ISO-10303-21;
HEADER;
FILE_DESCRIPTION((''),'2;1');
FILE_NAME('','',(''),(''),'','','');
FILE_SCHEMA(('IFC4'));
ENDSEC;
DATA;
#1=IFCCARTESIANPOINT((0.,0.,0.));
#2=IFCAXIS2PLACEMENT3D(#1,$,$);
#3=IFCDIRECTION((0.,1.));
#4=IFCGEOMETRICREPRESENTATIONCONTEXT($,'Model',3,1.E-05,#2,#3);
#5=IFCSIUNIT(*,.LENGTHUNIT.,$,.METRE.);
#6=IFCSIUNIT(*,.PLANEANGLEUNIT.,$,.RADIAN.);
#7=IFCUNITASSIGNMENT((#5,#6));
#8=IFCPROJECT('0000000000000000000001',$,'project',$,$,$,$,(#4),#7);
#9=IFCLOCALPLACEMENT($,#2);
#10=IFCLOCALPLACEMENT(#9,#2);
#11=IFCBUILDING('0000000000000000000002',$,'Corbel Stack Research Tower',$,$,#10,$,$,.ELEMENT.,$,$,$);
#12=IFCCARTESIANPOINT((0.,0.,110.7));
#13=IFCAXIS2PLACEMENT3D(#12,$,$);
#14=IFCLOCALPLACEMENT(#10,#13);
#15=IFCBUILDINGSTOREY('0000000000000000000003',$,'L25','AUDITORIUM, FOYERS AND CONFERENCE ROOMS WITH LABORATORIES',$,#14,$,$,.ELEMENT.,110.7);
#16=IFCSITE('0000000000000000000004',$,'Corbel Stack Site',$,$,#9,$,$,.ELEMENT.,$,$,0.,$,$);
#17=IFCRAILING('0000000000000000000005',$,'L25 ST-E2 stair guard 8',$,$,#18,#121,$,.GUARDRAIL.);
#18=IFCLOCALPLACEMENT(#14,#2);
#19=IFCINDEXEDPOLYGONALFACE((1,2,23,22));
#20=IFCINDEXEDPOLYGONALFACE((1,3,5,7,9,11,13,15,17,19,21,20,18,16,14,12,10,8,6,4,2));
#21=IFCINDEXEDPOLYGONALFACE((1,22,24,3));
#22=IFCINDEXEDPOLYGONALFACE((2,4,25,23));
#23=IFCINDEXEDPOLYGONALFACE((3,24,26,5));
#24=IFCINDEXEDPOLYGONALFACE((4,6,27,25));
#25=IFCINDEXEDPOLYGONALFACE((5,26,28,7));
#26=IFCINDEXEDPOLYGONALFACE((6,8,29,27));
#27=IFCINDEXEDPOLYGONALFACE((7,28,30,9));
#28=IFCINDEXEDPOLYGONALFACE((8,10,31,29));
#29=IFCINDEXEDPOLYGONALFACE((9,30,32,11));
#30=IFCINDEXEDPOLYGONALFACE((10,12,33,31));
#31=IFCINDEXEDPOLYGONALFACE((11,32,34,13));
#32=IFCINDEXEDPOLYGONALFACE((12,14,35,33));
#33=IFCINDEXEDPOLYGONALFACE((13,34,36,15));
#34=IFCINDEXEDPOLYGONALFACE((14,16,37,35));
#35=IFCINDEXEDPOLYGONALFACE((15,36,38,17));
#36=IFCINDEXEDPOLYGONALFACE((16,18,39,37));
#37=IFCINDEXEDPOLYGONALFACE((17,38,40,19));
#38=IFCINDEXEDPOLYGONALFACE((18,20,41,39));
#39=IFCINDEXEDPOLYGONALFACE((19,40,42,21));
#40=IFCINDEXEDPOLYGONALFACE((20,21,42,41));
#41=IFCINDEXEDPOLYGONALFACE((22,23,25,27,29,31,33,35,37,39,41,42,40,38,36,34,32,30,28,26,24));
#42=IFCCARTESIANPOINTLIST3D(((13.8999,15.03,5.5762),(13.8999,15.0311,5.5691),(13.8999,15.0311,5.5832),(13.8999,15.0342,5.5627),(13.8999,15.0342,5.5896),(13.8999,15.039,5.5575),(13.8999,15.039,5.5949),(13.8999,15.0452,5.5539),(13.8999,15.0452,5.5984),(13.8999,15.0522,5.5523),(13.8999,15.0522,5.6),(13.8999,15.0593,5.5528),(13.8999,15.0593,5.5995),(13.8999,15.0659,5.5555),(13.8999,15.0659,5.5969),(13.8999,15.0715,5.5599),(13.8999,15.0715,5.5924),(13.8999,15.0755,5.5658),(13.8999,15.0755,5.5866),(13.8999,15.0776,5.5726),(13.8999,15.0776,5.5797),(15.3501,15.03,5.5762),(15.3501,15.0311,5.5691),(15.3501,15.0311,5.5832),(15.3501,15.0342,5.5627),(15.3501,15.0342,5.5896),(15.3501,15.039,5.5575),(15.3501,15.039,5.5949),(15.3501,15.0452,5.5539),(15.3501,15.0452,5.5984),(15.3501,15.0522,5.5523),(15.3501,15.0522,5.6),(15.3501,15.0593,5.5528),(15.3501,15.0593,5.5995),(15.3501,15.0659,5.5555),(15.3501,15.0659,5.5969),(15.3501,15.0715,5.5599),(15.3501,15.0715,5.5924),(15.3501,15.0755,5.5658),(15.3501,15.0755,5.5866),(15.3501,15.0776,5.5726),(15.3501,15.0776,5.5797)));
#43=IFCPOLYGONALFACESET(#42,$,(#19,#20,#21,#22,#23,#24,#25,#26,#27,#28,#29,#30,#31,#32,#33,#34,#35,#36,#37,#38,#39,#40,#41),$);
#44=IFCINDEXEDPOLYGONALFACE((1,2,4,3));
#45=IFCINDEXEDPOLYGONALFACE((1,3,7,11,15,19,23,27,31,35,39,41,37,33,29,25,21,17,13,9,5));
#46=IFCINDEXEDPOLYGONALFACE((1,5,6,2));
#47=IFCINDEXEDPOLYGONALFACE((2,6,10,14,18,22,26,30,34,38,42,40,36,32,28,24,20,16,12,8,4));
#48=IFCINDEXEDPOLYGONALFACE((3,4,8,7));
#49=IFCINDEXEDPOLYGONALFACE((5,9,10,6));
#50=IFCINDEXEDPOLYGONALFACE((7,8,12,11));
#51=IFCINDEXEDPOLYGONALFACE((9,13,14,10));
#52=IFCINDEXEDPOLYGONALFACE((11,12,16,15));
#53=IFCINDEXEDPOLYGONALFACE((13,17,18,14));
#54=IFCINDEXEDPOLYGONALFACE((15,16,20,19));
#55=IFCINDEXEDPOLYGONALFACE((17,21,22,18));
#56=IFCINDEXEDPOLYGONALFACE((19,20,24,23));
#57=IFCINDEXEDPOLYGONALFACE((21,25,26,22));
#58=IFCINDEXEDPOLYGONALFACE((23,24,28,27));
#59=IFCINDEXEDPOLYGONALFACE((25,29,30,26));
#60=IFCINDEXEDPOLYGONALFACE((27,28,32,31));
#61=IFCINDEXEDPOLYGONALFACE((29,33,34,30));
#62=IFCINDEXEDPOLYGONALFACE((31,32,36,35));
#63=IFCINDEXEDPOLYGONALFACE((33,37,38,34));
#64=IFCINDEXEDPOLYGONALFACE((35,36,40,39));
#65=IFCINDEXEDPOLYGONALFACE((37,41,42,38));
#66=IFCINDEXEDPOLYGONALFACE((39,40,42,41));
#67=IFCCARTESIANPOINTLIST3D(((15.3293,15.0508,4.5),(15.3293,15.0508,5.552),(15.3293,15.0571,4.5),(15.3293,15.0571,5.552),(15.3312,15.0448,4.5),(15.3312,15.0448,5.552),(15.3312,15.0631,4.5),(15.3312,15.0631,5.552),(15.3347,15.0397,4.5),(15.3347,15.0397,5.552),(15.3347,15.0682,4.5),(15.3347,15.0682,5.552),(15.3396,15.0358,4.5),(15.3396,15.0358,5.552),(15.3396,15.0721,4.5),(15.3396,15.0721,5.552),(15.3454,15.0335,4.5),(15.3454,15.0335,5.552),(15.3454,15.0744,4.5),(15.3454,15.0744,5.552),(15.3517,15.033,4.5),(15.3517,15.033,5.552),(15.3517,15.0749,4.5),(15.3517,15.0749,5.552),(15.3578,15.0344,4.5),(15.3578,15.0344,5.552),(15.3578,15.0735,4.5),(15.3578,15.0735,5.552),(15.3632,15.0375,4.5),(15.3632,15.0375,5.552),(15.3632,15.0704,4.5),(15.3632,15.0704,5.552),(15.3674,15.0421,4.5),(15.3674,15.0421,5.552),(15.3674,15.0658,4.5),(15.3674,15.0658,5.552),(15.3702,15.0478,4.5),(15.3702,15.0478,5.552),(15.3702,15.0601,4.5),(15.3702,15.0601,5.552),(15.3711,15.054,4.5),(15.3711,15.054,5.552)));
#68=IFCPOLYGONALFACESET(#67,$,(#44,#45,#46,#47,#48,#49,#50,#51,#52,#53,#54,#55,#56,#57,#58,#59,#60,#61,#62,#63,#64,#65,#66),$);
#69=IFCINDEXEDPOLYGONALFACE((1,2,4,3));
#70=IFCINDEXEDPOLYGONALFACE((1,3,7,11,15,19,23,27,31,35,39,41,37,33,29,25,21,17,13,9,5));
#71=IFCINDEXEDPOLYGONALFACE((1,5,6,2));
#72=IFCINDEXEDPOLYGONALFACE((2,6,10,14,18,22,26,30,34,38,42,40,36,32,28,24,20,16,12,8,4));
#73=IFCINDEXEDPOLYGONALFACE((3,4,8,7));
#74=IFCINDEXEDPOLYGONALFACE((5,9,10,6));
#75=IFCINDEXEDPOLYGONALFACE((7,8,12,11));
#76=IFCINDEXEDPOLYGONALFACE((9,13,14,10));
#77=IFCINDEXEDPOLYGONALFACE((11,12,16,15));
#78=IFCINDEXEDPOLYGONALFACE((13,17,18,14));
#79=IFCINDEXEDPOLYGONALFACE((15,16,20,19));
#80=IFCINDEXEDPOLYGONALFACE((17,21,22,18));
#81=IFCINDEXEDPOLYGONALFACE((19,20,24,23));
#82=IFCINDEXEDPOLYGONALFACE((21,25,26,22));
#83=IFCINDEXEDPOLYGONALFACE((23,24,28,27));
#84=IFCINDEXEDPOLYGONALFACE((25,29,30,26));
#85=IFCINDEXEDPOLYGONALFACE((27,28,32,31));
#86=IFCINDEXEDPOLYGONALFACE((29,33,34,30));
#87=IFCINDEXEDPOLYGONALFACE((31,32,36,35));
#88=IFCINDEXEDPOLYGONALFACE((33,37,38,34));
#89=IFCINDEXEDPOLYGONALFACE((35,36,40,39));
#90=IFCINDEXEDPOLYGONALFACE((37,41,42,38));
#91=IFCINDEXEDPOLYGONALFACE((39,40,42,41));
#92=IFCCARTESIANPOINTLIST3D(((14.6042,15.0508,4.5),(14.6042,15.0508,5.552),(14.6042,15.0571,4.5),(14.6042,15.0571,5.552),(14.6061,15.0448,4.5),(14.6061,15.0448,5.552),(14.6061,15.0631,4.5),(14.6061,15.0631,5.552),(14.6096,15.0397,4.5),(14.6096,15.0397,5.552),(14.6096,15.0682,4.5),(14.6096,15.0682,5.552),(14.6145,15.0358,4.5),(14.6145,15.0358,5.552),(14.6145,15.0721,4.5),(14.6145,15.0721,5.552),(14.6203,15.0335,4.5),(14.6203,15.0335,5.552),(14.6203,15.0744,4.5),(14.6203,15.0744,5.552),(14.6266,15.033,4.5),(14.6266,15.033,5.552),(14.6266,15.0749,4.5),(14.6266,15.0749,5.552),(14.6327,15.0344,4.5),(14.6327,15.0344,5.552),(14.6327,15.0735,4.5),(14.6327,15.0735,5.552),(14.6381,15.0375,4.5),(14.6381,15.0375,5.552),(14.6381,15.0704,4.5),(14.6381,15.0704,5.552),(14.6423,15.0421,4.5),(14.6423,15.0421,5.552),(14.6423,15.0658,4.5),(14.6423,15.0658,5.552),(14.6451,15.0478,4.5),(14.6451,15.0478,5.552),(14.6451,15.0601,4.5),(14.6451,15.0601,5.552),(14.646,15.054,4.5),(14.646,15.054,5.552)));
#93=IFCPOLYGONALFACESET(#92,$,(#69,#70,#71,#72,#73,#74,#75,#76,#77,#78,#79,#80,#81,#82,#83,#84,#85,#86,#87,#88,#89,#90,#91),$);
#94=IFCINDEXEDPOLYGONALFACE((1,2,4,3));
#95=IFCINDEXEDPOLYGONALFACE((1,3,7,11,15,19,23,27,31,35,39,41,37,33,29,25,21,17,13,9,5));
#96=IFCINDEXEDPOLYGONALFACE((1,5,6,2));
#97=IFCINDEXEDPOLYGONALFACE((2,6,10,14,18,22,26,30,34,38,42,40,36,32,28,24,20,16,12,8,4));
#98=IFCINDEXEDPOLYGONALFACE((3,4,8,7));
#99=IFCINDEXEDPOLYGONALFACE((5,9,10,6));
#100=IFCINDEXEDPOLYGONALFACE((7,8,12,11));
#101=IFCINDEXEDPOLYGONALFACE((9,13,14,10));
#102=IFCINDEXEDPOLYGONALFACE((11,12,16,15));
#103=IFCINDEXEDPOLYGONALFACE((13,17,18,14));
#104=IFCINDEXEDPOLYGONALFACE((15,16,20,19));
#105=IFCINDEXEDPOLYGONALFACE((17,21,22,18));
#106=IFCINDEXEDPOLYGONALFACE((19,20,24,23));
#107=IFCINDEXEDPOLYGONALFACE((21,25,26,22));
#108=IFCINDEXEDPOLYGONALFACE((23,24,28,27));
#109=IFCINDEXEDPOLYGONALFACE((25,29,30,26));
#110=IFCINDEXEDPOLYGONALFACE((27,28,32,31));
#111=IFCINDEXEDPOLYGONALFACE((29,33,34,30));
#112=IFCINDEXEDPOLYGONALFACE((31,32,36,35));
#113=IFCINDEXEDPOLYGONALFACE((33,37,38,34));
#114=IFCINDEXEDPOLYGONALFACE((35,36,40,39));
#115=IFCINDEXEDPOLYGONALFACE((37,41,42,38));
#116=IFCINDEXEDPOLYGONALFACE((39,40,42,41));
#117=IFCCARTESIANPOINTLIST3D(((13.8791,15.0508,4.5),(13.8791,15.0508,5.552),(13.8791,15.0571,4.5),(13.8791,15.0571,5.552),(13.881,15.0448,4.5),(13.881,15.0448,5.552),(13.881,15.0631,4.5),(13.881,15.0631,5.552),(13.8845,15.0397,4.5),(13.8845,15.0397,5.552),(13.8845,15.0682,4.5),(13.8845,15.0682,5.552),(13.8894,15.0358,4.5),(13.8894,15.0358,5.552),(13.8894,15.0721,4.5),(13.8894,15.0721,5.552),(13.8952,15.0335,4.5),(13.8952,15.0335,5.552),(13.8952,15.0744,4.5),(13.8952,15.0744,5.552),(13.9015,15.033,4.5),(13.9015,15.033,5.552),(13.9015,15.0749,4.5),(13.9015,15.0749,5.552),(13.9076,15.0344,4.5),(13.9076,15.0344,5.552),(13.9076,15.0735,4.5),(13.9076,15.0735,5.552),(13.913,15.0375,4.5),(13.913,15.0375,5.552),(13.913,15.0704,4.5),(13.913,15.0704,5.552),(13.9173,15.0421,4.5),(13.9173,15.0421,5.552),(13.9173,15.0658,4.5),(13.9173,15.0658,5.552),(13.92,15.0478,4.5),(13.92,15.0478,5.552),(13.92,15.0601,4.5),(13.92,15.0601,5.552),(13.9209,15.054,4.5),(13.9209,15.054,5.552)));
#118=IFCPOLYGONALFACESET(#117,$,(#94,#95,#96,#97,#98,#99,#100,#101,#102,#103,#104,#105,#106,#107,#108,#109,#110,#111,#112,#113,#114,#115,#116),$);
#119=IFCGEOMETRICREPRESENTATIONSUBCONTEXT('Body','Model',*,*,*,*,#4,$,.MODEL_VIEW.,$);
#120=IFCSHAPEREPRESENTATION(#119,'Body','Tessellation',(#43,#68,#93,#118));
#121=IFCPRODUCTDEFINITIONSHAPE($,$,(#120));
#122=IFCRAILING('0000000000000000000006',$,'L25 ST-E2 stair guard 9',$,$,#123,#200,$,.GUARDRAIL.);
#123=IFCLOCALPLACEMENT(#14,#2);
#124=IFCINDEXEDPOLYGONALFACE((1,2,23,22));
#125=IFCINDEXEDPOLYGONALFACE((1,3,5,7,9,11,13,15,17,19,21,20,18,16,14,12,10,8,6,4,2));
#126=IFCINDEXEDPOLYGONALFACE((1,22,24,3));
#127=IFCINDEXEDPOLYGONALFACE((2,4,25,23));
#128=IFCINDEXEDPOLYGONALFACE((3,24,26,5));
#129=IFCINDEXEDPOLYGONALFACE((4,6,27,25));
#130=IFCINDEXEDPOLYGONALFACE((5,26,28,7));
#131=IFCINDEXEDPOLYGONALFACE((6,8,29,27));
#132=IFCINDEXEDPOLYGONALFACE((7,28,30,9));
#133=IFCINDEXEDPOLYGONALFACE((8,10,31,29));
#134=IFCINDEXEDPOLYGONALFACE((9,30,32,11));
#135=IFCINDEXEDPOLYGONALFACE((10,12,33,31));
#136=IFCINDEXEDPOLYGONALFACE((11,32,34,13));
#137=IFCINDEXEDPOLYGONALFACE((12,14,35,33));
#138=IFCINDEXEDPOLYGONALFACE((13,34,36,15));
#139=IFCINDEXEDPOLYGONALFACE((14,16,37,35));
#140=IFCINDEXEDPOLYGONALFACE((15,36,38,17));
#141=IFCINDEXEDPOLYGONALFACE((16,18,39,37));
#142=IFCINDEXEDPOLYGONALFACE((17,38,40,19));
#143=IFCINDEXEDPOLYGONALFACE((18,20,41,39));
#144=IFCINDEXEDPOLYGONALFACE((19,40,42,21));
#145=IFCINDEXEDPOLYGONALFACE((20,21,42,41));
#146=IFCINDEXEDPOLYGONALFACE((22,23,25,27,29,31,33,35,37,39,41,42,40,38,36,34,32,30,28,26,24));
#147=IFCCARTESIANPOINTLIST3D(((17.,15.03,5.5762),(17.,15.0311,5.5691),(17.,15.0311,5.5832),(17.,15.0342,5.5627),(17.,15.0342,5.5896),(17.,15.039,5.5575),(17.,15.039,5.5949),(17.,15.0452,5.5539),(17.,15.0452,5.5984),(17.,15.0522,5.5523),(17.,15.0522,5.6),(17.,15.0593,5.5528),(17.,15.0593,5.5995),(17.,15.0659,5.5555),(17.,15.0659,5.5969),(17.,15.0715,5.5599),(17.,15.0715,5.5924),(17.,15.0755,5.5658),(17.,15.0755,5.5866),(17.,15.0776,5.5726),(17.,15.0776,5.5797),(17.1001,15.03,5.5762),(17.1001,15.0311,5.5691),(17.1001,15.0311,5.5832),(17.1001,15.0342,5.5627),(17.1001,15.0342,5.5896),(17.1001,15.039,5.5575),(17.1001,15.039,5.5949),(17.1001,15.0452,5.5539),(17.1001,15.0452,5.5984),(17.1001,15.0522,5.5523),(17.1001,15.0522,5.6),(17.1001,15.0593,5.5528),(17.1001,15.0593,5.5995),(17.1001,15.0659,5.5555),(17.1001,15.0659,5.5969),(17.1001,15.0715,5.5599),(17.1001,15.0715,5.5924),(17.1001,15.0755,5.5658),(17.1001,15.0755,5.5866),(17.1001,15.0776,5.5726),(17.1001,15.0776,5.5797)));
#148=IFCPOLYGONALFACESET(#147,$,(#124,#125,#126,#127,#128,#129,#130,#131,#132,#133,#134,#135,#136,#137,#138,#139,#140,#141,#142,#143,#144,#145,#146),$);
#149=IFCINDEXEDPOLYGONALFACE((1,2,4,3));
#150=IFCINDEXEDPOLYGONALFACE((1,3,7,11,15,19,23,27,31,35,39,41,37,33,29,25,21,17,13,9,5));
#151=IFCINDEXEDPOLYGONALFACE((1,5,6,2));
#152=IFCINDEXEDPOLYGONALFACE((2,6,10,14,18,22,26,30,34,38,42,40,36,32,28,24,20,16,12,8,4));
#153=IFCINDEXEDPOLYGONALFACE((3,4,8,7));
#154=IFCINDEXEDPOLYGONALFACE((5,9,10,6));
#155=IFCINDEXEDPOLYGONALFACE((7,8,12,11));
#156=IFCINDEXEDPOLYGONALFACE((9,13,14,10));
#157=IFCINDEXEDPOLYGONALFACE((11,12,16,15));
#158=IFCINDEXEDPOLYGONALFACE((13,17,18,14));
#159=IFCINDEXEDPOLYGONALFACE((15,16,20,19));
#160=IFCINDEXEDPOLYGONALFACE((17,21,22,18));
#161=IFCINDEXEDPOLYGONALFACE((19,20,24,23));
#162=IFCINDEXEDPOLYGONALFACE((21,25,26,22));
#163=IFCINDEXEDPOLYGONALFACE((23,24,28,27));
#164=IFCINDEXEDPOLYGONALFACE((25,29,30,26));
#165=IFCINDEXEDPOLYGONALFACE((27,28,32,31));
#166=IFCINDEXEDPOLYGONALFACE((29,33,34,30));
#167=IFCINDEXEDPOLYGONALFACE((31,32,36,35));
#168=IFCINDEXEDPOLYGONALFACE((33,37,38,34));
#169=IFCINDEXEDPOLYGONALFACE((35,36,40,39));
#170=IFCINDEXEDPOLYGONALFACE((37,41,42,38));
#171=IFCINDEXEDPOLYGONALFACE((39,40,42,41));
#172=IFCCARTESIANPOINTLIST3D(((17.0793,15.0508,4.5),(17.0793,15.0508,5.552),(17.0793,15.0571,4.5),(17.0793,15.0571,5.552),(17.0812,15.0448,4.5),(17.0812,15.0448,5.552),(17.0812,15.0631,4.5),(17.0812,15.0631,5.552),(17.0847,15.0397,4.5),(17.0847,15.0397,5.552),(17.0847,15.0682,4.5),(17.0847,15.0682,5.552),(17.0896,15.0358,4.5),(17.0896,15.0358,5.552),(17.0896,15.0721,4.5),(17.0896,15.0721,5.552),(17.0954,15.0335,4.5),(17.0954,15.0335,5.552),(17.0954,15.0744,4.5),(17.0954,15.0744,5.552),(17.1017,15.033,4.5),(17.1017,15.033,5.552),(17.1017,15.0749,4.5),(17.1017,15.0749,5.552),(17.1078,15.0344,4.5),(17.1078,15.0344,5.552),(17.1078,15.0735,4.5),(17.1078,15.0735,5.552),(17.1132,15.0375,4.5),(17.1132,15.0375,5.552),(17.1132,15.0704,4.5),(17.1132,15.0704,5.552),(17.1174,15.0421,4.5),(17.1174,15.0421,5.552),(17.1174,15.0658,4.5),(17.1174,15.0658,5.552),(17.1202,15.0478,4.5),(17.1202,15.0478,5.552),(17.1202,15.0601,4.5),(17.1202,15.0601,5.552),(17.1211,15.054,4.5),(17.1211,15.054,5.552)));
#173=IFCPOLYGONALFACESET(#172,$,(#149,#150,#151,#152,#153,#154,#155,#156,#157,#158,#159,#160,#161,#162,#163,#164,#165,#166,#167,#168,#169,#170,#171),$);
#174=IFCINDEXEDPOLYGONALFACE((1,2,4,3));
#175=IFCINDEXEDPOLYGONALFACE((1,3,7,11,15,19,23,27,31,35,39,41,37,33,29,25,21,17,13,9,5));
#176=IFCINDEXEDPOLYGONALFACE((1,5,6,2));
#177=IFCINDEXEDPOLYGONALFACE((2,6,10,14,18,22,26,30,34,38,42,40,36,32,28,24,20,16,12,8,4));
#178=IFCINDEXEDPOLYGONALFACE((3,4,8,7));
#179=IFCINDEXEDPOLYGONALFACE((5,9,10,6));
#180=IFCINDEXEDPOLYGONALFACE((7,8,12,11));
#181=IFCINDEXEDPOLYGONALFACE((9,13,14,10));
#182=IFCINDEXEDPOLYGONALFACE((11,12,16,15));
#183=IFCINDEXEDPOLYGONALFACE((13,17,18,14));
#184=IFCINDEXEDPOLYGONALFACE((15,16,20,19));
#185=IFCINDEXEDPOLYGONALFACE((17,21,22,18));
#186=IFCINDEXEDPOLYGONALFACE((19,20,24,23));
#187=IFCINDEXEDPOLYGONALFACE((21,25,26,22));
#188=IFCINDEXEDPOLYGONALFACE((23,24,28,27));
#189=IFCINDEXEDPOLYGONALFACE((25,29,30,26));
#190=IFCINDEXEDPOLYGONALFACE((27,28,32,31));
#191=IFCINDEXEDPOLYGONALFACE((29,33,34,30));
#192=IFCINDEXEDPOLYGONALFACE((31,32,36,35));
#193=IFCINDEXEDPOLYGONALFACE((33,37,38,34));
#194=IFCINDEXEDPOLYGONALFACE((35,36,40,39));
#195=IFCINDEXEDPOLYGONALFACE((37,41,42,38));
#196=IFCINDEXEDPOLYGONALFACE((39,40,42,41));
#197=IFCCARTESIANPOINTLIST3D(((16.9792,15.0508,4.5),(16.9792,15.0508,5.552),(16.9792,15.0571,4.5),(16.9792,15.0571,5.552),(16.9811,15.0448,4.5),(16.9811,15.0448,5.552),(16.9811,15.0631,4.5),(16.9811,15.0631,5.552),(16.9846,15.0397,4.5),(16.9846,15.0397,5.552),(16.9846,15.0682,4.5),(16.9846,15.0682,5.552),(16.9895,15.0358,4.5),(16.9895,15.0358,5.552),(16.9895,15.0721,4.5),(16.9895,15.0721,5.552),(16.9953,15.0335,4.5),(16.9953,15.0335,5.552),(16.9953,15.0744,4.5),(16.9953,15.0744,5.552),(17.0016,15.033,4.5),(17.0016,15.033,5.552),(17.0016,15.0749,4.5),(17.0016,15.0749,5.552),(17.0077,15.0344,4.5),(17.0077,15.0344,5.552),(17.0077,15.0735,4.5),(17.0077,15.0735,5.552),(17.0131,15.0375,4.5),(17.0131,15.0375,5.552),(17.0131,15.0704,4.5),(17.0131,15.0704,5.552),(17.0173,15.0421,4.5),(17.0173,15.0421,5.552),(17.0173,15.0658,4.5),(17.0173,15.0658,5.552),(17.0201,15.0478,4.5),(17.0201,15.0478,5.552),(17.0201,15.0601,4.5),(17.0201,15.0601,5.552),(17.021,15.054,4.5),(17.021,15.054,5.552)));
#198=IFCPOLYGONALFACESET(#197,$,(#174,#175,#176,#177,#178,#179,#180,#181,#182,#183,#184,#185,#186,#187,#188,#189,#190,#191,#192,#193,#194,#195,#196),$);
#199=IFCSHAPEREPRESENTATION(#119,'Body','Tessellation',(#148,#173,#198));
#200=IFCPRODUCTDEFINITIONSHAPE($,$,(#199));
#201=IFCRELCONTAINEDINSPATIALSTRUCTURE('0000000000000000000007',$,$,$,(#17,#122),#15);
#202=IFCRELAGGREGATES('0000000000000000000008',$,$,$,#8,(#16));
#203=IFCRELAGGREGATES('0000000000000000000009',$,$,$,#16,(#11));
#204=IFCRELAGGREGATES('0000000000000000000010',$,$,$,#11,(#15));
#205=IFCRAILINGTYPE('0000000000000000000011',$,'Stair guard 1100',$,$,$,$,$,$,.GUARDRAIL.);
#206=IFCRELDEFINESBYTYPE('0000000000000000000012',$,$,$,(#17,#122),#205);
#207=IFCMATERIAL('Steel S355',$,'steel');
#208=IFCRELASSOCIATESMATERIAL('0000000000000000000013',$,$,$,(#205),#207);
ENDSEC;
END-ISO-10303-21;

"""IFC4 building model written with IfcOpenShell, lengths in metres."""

from ifc_helpers import new_model, si_unit, direction, frame, origin, origin_2d, place, context, subcontext, project, spatial, circle, extrude, material, type_object, element, save


model = new_model("IFC4")

# Units and contexts
model_context = context("Model", 3, precision=1e-05, world=origin(), true_north=direction((0.0, 1.0)))
body_context = subcontext(model_context, "Body", "Model", "MODEL_VIEW")
ifc_project = project(units=[si_unit("LENGTHUNIT", "METRE"), si_unit("PLANEANGLEUNIT", "RADIAN")], contexts=[model_context])

# Site, building, storey
site_placement = place(None, origin())
site = spatial("IfcSite", under=ifc_project, at=site_placement, Name="Corbel Stack Site", CompositionType="ELEMENT", RefElevation=0.0)
building_placement = place(site_placement, origin())
building = spatial("IfcBuilding", under=site, at=building_placement, Name="Corbel Stack Research Tower", CompositionType="ELEMENT")
storey_placement = place(building_placement, frame((0.0, 0.0, 110.7)))
storey = spatial("IfcBuildingStorey", under=building, at=storey_placement, Name="L25", Description="AUDITORIUM, FOYERS AND CONFERENCE ROOMS WITH LABORATORIES", CompositionType="ELEMENT", Elevation=110.7)

# Railings
ifc_material_1 = material(Name="Steel S355", Category="steel")
railing_type_1 = type_object("IfcRailingType", Name="Stair guard 1100", PredefinedType="GUARDRAIL", material=ifc_material_1)
railing_1_placement = place(storey_placement, frame((15.3501, 15.054, 4.5)))
element("IfcRailing", 1, at=railing_1_placement, inside=storey, type_object=railing_type_1, Name="L25 ST-E2 stair guard 8", PredefinedType="GUARDRAIL", context=body_context, shape_type="SweptSolid", body=[
    extrude(circle(Radius=0.0239, at=origin_2d()), frame((0.0, 0.0, 1.0762), z_axis=(-1.0, 0.0, 0.0), x_axis=(0.0, -1.0, 0.0)), (0.0, 0.0, 1.0), 1.4502),
    extrude(circle(Radius=0.021, at=origin_2d()), origin(), (0.0, 0.0, 1.0), 1.052),
    extrude(circle(Radius=0.021, at=origin_2d()), frame((-0.7251, 0.0, 0.0)), (0.0, 0.0, 1.0), 1.052),
    extrude(circle(Radius=0.021, at=origin_2d()), frame((-1.4502, 0.0, 0.0)), (0.0, 0.0, 1.0), 1.052),
])
railing_2_placement = place(storey_placement, frame((17.1001, 15.054, 4.5)))
element("IfcRailing", 2, at=railing_2_placement, inside=storey, type_object=railing_type_1, Name="L25 ST-E2 stair guard 9", PredefinedType="GUARDRAIL", context=body_context, shape_type="SweptSolid", body=[
    extrude(circle(Radius=0.0239, at=origin_2d()), frame((0.0, 0.0, 1.0762), z_axis=(-1.0, 0.0, 0.0), x_axis=(0.0, -1.0, 0.0)), (0.0, 0.0, 1.0), 0.1001),
    extrude(circle(Radius=0.021, at=origin_2d()), origin(), (0.0, 0.0, 1.0), 1.052),
    extrude(circle(Radius=0.021, at=origin_2d()), frame((-0.1001, 0.0, 0.0)), (0.0, 0.0, 1.0), 1.052),
])

save(model, "model.ifc")
